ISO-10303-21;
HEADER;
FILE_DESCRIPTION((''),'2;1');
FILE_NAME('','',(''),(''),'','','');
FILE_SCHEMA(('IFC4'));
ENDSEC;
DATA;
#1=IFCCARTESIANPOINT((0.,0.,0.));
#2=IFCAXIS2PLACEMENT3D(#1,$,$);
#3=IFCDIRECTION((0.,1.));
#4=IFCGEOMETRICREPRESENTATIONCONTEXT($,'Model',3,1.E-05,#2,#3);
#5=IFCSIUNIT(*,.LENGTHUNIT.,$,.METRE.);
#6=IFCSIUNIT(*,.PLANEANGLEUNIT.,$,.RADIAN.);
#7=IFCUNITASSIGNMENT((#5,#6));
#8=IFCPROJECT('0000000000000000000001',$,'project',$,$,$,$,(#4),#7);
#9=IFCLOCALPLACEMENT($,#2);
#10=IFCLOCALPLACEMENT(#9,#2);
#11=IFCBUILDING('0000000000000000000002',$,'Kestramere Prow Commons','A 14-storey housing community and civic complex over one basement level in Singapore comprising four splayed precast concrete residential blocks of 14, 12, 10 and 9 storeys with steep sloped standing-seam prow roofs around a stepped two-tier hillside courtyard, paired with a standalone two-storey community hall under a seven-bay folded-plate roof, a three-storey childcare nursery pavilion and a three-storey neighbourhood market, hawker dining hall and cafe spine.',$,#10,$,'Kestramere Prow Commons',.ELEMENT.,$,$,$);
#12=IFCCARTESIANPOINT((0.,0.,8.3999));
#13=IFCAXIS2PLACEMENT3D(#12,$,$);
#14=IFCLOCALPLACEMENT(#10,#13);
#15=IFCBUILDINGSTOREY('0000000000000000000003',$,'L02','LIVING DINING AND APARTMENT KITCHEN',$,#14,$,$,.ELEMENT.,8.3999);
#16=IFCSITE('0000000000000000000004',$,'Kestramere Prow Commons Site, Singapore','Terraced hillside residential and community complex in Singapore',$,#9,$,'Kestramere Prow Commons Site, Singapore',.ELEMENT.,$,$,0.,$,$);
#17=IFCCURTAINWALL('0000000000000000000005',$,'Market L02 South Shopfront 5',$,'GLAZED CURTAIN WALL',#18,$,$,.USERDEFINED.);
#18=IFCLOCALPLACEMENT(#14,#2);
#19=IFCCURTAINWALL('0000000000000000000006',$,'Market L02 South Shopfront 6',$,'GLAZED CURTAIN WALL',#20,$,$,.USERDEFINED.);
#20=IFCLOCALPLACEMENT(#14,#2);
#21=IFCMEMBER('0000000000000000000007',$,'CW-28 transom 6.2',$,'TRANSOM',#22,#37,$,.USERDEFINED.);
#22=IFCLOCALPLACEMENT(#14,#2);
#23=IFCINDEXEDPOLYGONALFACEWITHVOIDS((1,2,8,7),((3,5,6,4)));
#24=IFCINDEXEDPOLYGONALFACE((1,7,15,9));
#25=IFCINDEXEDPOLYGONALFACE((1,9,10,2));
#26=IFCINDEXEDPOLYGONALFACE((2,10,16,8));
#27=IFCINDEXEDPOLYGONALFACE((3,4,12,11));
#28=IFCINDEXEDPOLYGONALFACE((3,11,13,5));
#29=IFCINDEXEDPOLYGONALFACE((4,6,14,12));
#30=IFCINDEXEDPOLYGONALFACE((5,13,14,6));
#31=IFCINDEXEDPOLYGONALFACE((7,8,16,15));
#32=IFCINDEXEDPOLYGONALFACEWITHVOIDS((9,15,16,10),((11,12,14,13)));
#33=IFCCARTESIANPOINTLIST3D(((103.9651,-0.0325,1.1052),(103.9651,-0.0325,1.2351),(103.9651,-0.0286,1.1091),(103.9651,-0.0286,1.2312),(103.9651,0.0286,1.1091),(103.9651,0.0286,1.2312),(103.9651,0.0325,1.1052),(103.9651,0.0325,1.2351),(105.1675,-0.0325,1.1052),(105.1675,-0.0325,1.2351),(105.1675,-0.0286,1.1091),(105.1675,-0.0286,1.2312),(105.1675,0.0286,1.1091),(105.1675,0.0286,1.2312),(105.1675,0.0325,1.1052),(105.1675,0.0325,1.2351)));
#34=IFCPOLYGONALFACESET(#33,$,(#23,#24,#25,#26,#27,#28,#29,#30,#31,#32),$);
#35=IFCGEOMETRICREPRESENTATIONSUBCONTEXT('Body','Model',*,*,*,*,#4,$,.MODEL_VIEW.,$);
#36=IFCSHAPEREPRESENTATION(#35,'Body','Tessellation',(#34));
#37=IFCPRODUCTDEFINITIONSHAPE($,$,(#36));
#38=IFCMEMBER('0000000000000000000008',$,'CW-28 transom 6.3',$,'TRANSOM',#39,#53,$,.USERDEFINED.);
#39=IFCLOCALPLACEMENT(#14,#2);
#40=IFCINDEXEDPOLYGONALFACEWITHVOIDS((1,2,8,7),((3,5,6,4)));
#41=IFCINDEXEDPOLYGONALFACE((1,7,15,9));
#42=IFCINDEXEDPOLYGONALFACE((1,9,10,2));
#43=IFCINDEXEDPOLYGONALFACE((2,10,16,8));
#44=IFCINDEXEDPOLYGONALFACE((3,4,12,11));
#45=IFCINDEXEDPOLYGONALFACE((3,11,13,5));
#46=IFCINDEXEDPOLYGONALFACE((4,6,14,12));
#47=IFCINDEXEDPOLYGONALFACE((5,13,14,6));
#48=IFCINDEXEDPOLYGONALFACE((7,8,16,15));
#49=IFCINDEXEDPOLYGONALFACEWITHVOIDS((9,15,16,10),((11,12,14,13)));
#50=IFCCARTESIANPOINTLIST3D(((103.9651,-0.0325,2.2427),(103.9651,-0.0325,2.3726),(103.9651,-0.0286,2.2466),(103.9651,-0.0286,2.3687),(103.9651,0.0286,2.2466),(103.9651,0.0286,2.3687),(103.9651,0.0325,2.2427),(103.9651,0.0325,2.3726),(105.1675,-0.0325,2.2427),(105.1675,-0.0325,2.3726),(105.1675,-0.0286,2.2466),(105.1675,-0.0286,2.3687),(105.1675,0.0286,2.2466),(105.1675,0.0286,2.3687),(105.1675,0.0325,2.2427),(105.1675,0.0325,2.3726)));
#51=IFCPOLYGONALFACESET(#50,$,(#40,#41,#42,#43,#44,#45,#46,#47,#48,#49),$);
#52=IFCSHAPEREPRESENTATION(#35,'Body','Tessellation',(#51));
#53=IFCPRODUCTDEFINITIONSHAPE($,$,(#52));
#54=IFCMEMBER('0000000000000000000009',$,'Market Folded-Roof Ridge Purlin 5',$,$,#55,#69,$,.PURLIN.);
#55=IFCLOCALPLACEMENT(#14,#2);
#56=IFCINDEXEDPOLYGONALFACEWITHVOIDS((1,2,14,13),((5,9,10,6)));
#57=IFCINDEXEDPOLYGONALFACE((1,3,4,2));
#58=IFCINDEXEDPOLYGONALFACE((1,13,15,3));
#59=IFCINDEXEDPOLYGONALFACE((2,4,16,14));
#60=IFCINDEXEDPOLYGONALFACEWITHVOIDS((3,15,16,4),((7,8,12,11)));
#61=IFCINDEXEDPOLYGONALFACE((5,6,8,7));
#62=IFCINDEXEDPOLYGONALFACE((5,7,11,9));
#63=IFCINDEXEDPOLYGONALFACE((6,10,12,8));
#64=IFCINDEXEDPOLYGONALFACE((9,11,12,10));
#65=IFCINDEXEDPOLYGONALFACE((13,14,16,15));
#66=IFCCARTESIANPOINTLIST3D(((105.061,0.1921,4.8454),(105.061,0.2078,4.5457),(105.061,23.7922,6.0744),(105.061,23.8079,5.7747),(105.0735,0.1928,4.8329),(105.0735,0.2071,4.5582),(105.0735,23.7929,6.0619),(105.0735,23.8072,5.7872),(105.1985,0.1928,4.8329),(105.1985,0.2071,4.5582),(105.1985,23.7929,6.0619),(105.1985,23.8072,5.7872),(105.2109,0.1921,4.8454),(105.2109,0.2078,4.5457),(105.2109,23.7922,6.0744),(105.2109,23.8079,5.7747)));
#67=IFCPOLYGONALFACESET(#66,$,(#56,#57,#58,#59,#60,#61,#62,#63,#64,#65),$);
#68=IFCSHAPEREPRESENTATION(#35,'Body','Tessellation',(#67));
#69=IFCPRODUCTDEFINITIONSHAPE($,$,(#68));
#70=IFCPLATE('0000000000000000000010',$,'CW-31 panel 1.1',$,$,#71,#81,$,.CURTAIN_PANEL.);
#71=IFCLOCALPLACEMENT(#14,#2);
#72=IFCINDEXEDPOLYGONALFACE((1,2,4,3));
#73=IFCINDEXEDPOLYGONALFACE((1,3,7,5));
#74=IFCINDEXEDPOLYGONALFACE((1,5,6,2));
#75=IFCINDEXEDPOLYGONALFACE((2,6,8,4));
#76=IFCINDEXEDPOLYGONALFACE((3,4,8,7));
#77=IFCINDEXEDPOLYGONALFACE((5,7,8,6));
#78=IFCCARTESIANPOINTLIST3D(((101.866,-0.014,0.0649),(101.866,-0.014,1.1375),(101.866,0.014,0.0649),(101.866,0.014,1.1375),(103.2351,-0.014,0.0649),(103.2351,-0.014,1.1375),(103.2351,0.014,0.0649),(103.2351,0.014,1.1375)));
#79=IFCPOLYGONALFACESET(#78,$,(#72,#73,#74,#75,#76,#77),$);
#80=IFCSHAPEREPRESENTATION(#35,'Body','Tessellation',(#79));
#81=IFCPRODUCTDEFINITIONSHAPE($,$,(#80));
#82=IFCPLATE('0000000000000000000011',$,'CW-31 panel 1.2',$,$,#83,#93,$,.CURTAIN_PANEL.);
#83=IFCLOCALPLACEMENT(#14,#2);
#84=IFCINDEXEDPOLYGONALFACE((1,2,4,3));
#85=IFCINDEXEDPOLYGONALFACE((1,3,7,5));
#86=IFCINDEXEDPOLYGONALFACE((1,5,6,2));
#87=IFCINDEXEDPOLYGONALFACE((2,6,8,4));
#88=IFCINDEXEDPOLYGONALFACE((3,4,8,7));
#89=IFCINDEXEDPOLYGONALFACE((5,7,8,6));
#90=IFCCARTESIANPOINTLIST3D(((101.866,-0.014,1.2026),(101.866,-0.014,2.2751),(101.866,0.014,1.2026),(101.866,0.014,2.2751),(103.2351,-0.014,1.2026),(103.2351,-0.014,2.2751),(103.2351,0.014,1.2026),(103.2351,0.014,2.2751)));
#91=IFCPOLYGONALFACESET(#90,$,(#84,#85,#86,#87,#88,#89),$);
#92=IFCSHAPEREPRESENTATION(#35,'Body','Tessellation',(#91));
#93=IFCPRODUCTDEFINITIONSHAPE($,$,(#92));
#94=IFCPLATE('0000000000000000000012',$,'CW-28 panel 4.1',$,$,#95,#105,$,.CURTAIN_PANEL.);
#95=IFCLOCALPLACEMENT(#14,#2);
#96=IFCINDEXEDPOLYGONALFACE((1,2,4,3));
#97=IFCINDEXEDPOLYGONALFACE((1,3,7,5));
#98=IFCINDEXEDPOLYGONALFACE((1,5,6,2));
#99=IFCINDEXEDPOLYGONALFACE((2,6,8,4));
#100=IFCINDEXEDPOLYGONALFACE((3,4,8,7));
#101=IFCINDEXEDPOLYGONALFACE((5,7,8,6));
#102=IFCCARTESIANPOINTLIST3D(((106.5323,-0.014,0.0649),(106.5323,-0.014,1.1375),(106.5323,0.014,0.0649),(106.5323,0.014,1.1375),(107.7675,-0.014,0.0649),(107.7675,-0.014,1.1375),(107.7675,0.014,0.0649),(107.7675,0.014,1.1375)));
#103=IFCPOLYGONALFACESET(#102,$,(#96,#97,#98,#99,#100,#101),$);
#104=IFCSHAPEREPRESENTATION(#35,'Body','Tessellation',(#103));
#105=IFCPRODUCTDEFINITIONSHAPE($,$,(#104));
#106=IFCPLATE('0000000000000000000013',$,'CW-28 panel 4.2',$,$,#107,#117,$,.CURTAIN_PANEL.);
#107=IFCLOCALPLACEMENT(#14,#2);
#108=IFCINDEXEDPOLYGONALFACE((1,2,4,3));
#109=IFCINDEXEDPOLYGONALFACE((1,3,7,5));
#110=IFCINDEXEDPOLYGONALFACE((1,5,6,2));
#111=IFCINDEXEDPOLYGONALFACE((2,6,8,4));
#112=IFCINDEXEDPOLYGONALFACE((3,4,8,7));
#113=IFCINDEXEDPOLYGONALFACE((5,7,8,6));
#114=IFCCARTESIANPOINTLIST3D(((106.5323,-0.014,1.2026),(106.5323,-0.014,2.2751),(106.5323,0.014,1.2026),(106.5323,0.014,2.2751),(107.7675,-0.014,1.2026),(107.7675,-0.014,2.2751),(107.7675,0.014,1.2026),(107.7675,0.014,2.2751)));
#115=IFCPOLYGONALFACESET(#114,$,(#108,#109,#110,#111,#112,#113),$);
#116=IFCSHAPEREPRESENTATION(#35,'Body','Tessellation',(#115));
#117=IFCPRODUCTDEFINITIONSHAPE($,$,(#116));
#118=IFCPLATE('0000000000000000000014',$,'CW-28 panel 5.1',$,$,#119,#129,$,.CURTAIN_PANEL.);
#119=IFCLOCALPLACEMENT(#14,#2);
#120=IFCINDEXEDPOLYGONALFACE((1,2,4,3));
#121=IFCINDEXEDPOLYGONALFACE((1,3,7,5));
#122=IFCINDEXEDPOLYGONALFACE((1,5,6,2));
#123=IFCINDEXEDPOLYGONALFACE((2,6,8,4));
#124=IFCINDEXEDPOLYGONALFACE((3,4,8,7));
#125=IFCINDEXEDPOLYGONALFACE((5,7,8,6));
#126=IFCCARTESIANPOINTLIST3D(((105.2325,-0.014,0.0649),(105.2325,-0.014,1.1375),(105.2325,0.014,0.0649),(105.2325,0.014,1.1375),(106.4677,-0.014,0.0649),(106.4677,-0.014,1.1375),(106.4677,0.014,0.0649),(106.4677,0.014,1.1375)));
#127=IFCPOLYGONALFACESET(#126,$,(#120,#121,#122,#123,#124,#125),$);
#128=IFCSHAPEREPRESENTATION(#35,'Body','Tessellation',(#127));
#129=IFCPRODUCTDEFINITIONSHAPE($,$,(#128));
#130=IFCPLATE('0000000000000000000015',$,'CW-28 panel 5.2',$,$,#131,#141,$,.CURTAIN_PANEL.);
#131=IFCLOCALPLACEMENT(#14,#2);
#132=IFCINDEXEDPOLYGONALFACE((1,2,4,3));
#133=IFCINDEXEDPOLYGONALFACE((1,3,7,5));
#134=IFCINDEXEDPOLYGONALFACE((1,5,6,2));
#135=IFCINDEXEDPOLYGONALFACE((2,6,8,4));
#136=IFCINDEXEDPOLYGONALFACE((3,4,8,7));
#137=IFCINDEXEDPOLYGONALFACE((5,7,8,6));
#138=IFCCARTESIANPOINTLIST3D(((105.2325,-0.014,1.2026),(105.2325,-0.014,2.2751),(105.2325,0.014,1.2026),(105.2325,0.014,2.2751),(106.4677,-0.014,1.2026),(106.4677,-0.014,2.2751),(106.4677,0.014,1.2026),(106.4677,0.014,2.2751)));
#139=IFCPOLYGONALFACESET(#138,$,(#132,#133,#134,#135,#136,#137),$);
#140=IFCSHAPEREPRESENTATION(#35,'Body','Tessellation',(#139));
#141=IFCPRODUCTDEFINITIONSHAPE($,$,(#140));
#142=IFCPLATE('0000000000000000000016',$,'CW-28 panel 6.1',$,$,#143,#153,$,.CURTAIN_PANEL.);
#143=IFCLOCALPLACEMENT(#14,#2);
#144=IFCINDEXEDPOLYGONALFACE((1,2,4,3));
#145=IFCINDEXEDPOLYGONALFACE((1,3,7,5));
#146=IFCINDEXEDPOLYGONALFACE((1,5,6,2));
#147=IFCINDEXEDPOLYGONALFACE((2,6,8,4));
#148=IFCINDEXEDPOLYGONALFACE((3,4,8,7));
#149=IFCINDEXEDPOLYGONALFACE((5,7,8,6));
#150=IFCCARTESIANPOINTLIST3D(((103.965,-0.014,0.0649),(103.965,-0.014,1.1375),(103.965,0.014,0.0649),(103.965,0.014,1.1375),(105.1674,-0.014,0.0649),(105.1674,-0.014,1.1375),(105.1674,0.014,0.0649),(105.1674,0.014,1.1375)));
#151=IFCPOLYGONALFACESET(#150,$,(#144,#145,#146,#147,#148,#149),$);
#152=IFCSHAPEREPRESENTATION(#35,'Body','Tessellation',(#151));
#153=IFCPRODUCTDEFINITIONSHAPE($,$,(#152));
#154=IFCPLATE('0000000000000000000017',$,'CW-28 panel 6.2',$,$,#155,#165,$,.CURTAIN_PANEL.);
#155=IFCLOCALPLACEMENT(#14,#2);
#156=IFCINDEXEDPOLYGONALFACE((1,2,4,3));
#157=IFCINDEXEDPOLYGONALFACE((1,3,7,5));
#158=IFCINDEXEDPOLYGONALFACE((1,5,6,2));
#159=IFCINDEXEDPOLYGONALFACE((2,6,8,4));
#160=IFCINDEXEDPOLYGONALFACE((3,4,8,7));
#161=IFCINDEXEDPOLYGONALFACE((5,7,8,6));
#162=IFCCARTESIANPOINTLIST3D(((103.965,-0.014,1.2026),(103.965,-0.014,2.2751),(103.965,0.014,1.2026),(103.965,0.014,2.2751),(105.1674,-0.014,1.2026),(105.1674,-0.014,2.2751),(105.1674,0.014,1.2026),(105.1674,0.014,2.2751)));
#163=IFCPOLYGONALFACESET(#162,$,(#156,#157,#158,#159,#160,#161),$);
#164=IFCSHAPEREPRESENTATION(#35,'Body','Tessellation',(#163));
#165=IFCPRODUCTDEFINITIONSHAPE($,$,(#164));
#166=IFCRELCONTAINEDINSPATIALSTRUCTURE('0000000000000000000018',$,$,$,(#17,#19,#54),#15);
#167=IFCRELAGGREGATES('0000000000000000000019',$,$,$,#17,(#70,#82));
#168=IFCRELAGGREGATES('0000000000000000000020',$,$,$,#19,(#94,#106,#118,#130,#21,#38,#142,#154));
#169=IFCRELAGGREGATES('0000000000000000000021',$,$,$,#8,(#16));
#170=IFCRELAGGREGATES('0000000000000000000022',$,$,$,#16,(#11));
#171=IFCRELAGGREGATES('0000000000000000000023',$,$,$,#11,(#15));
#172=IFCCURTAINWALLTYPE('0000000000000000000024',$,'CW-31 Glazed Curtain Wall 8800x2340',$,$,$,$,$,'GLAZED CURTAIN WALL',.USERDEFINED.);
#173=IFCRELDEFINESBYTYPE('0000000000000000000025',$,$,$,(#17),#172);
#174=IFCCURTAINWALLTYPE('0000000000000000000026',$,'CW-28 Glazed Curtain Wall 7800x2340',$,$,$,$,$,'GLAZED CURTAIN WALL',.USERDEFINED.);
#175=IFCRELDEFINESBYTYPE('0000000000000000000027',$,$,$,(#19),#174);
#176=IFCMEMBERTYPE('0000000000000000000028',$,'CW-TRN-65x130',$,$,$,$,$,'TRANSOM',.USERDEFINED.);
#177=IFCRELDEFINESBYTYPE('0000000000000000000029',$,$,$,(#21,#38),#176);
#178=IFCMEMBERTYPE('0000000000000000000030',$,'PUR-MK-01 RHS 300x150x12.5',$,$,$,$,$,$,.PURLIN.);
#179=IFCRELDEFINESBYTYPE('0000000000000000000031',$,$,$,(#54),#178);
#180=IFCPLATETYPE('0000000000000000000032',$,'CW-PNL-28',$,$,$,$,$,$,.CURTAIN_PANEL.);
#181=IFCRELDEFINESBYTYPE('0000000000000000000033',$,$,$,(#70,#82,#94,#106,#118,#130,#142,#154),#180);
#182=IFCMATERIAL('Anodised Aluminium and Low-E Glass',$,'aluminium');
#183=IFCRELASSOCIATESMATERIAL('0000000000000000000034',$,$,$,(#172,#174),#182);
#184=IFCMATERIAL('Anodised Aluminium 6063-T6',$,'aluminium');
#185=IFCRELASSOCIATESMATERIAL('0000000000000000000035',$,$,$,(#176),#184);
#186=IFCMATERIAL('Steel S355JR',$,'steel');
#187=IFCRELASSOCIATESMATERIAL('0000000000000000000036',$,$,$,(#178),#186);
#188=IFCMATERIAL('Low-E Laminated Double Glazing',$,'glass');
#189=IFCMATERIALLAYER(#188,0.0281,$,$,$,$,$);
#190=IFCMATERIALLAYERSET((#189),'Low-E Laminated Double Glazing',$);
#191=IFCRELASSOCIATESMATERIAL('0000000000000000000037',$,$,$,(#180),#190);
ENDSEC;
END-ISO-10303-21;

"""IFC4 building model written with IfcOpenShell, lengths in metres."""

from ifc_helpers import new_model, si_unit, direction, frame, origin, origin_2d, place, context, subcontext, project, spatial, rectangle, hollow_rectangle, extrude, material, layer, layer_set, material_profile, profile_set, type_object, element, aggregate, save


model = new_model("IFC4")

# Units and contexts
model_context = context("Model", 3, precision=1e-05, world=origin(), true_north=direction((0.0, 1.0)))
body_context = subcontext(model_context, "Body", "Model", "MODEL_VIEW")
ifc_project = project(units=[si_unit("LENGTHUNIT", "METRE"), si_unit("PLANEANGLEUNIT", "RADIAN")], contexts=[model_context])

# Site, building, storey
site_placement = place(None, origin())
site = spatial("IfcSite", under=ifc_project, at=site_placement, Name="Kestramere Prow Commons Site, Singapore", Description="Terraced hillside residential and community complex in Singapore", LongName="Kestramere Prow Commons Site, Singapore", CompositionType="ELEMENT", RefElevation=0.0)
building_placement = place(site_placement, origin())
building = spatial("IfcBuilding", under=site, at=building_placement, Name="Kestramere Prow Commons", Description="A 14-storey housing community and civic complex over one basement level in Singapore comprising four splayed precast concrete residential blocks of 14, 12, 10 and 9 storeys with steep sloped standing-seam prow roofs around a stepped two-tier hillside courtyard, paired with a standalone two-storey community hall under a seven-bay folded-plate roof, a three-storey childcare nursery pavilion and a three-storey neighbourhood market, hawker dining hall and cafe spine.", LongName="Kestramere Prow Commons", CompositionType="ELEMENT")
storey_placement = place(building_placement, frame((0.0, 0.0, 8.3999)))
storey = spatial("IfcBuildingStorey", under=building, at=storey_placement, Name="L02", Description="LIVING DINING AND APARTMENT KITCHEN", CompositionType="ELEMENT", Elevation=8.3999)

# Shared definitions
ifc_material_1 = material(Name="Steel S355JR", Category="steel")

# Curtain walls
ifc_material_2 = material(Name="Anodised Aluminium and Low-E Glass", Category="aluminium")
curtain_wall_type_1 = type_object("IfcCurtainWallType", Name="CW-31 Glazed Curtain Wall 8800x2340", ElementType="GLAZED CURTAIN WALL", PredefinedType="USERDEFINED", material=ifc_material_2)
curtain_wall_1_placement = place(storey_placement, origin())
curtain_wall_1 = element("IfcCurtainWall", 1, at=curtain_wall_1_placement, inside=storey, type_object=curtain_wall_type_1, Name="Market L02 South Shopfront 5", ObjectType="GLAZED CURTAIN WALL", PredefinedType="USERDEFINED")
ifc_material_3 = material(Name="Anodised Aluminium 6063-T6", Category="aluminium")
curtain_wall_type_2 = type_object("IfcCurtainWallType", Name="CW-28 Glazed Curtain Wall 7800x2340", ElementType="GLAZED CURTAIN WALL", PredefinedType="USERDEFINED", material=ifc_material_2)
curtain_wall_2_placement = place(storey_placement, origin())
curtain_wall_2 = element("IfcCurtainWall", 2, at=curtain_wall_2_placement, inside=storey, type_object=curtain_wall_type_2, Name="Market L02 South Shopfront 6", ObjectType="GLAZED CURTAIN WALL", PredefinedType="USERDEFINED")

# Members
ifc_material_profile_1 = material_profile(ifc_material_3, hollow_rectangle(XDim=0.0649, YDim=0.1299, WallThickness=0.0039, at=origin_2d()), Name="ALU-TRN 65x130")
ifc_profile_set_1 = profile_set([ifc_material_profile_1], Name="Anodised Aluminium 6063-T6")
member_type_1 = type_object("IfcMemberType", Name="CW-TRN-65x130", ElementType="TRANSOM", PredefinedType="USERDEFINED", material=ifc_profile_set_1)
member_1_placement = place(storey_placement, frame((105.1675, 0.0, 1.1702), z_axis=(-1.0, 0.0, 0.0), x_axis=(0.0, -1.0, 0.0)))
member_1 = element("IfcMember", 3, at=member_1_placement, type_object=member_type_1, Name="CW-28 transom 6.2", ObjectType="TRANSOM", PredefinedType="USERDEFINED", context=body_context, shape_type="SweptSolid", body=[
    extrude(hollow_rectangle(XDim=0.0649, YDim=0.1299, WallThickness=0.0039, at=origin_2d()), origin(), (0.0, 0.0, 1.0), 1.2024),
])
member_2_placement = place(storey_placement, frame((105.1675, 0.0, 2.3076), z_axis=(-1.0, 0.0, 0.0), x_axis=(0.0, -1.0, 0.0)))
member_2 = element("IfcMember", 4, at=member_2_placement, type_object=member_type_1, Name="CW-28 transom 6.3", ObjectType="TRANSOM", PredefinedType="USERDEFINED", context=body_context, shape_type="SweptSolid", body=[
    extrude(hollow_rectangle(XDim=0.0649, YDim=0.1299, WallThickness=0.0039, at=origin_2d()), origin(), (0.0, 0.0, 1.0), 1.2024),
])
ifc_material_profile_2 = material_profile(ifc_material_1, hollow_rectangle(XDim=0.1499, YDim=0.3, WallThickness=0.0125, at=origin_2d()), Name="RHS 300x150x12.5")
ifc_profile_set_2 = profile_set([ifc_material_profile_2], Name="Steel S355JR")
member_type_2 = type_object("IfcMemberType", Name="PUR-MK-01 RHS 300x150x12.5", PredefinedType="PURLIN", material=ifc_profile_set_2)
member_3_placement = place(storey_placement, frame((105.136, 0.2, 4.6956), z_axis=(0.0, 0.998647, 0.052006), x_axis=(-1.0, 0.0, 0.0)))
element("IfcMember", 5, at=member_3_placement, inside=storey, type_object=member_type_2, Name="Market Folded-Roof Ridge Purlin 5", PredefinedType="PURLIN", context=body_context, shape_type="SweptSolid", body=[
    extrude(hollow_rectangle(XDim=0.1499, YDim=0.3, WallThickness=0.0125, at=origin_2d()), origin(), (0.0, 0.0, 1.0), 23.6321),
])

# Plates
ifc_material_4 = material(Name="Low-E Laminated Double Glazing", Category="glass")
ifc_layer = layer(ifc_material_4, 0.0281)
ifc_layer_set = layer_set([ifc_layer], Name="Low-E Laminated Double Glazing")
plate_type = type_object("IfcPlateType", Name="CW-PNL-28", PredefinedType="CURTAIN_PANEL", material=ifc_layer_set)
plate_1_placement = place(storey_placement, frame((102.5505, 0.0, 0.0649), z_axis=(0.0, 0.0, 1.0), x_axis=(-1.0, 0.0, 0.0)))
plate_1 = element("IfcPlate", 6, at=plate_1_placement, type_object=plate_type, Name="CW-31 panel 1.1", PredefinedType="CURTAIN_PANEL", context=body_context, shape_type="SweptSolid", body=[
    extrude(rectangle(XDim=1.3691, YDim=0.0281, at=origin_2d()), origin(), (0.0, 0.0, 1.0), 1.0725),
])
plate_2_placement = place(storey_placement, frame((102.5505, 0.0, 1.2026), z_axis=(0.0, 0.0, 1.0), x_axis=(-1.0, 0.0, 0.0)))
plate_2 = element("IfcPlate", 7, at=plate_2_placement, type_object=plate_type, Name="CW-31 panel 1.2", PredefinedType="CURTAIN_PANEL", context=body_context, shape_type="SweptSolid", body=[
    extrude(rectangle(XDim=1.3691, YDim=0.0281, at=origin_2d()), origin(), (0.0, 0.0, 1.0), 1.0725),
])
aggregate(curtain_wall_1, [plate_1, plate_2])
plate_3_placement = place(storey_placement, frame((107.1499, 0.0, 0.0649), z_axis=(0.0, 0.0, 1.0), x_axis=(-1.0, 0.0, 0.0)))
plate_3 = element("IfcPlate", 8, at=plate_3_placement, type_object=plate_type, Name="CW-28 panel 4.1", PredefinedType="CURTAIN_PANEL", context=body_context, shape_type="SweptSolid", body=[
    extrude(rectangle(XDim=1.2351, YDim=0.0281, at=origin_2d()), origin(), (0.0, 0.0, 1.0), 1.0725),
])
plate_4_placement = place(storey_placement, frame((107.1499, 0.0, 1.2026), z_axis=(0.0, 0.0, 1.0), x_axis=(-1.0, 0.0, 0.0)))
plate_4 = element("IfcPlate", 9, at=plate_4_placement, type_object=plate_type, Name="CW-28 panel 4.2", PredefinedType="CURTAIN_PANEL", context=body_context, shape_type="SweptSolid", body=[
    extrude(rectangle(XDim=1.2351, YDim=0.0281, at=origin_2d()), origin(), (0.0, 0.0, 1.0), 1.0725),
])
plate_5_placement = place(storey_placement, frame((105.8501, 0.0, 0.0649), z_axis=(0.0, 0.0, 1.0), x_axis=(-1.0, 0.0, 0.0)))
plate_5 = element("IfcPlate", 10, at=plate_5_placement, type_object=plate_type, Name="CW-28 panel 5.1", PredefinedType="CURTAIN_PANEL", context=body_context, shape_type="SweptSolid", body=[
    extrude(rectangle(XDim=1.2351, YDim=0.0281, at=origin_2d()), origin(), (0.0, 0.0, 1.0), 1.0725),
])
plate_6_placement = place(storey_placement, frame((105.8501, 0.0, 1.2026), z_axis=(0.0, 0.0, 1.0), x_axis=(-1.0, 0.0, 0.0)))
plate_6 = element("IfcPlate", 11, at=plate_6_placement, type_object=plate_type, Name="CW-28 panel 5.2", PredefinedType="CURTAIN_PANEL", context=body_context, shape_type="SweptSolid", body=[
    extrude(rectangle(XDim=1.2351, YDim=0.0281, at=origin_2d()), origin(), (0.0, 0.0, 1.0), 1.0725),
])
plate_7_placement = place(storey_placement, frame((104.5662, 0.0, 0.0649), z_axis=(0.0, 0.0, 1.0), x_axis=(-1.0, 0.0, 0.0)))
plate_7 = element("IfcPlate", 12, at=plate_7_placement, type_object=plate_type, Name="CW-28 panel 6.1", PredefinedType="CURTAIN_PANEL", context=body_context, shape_type="SweptSolid", body=[
    extrude(rectangle(XDim=1.2024, YDim=0.0281, at=origin_2d()), origin(), (0.0, 0.0, 1.0), 1.0725),
])
plate_8_placement = place(storey_placement, frame((104.5662, 0.0, 1.2026), z_axis=(0.0, 0.0, 1.0), x_axis=(-1.0, 0.0, 0.0)))
plate_8 = element("IfcPlate", 13, at=plate_8_placement, type_object=plate_type, Name="CW-28 panel 6.2", PredefinedType="CURTAIN_PANEL", context=body_context, shape_type="SweptSolid", body=[
    extrude(rectangle(XDim=1.2024, YDim=0.0281, at=origin_2d()), origin(), (0.0, 0.0, 1.0), 1.0725),
])
aggregate(curtain_wall_2, [plate_3, plate_4, plate_5, plate_6, member_1, member_2, plate_7, plate_8])

save(model, "model.ifc")
